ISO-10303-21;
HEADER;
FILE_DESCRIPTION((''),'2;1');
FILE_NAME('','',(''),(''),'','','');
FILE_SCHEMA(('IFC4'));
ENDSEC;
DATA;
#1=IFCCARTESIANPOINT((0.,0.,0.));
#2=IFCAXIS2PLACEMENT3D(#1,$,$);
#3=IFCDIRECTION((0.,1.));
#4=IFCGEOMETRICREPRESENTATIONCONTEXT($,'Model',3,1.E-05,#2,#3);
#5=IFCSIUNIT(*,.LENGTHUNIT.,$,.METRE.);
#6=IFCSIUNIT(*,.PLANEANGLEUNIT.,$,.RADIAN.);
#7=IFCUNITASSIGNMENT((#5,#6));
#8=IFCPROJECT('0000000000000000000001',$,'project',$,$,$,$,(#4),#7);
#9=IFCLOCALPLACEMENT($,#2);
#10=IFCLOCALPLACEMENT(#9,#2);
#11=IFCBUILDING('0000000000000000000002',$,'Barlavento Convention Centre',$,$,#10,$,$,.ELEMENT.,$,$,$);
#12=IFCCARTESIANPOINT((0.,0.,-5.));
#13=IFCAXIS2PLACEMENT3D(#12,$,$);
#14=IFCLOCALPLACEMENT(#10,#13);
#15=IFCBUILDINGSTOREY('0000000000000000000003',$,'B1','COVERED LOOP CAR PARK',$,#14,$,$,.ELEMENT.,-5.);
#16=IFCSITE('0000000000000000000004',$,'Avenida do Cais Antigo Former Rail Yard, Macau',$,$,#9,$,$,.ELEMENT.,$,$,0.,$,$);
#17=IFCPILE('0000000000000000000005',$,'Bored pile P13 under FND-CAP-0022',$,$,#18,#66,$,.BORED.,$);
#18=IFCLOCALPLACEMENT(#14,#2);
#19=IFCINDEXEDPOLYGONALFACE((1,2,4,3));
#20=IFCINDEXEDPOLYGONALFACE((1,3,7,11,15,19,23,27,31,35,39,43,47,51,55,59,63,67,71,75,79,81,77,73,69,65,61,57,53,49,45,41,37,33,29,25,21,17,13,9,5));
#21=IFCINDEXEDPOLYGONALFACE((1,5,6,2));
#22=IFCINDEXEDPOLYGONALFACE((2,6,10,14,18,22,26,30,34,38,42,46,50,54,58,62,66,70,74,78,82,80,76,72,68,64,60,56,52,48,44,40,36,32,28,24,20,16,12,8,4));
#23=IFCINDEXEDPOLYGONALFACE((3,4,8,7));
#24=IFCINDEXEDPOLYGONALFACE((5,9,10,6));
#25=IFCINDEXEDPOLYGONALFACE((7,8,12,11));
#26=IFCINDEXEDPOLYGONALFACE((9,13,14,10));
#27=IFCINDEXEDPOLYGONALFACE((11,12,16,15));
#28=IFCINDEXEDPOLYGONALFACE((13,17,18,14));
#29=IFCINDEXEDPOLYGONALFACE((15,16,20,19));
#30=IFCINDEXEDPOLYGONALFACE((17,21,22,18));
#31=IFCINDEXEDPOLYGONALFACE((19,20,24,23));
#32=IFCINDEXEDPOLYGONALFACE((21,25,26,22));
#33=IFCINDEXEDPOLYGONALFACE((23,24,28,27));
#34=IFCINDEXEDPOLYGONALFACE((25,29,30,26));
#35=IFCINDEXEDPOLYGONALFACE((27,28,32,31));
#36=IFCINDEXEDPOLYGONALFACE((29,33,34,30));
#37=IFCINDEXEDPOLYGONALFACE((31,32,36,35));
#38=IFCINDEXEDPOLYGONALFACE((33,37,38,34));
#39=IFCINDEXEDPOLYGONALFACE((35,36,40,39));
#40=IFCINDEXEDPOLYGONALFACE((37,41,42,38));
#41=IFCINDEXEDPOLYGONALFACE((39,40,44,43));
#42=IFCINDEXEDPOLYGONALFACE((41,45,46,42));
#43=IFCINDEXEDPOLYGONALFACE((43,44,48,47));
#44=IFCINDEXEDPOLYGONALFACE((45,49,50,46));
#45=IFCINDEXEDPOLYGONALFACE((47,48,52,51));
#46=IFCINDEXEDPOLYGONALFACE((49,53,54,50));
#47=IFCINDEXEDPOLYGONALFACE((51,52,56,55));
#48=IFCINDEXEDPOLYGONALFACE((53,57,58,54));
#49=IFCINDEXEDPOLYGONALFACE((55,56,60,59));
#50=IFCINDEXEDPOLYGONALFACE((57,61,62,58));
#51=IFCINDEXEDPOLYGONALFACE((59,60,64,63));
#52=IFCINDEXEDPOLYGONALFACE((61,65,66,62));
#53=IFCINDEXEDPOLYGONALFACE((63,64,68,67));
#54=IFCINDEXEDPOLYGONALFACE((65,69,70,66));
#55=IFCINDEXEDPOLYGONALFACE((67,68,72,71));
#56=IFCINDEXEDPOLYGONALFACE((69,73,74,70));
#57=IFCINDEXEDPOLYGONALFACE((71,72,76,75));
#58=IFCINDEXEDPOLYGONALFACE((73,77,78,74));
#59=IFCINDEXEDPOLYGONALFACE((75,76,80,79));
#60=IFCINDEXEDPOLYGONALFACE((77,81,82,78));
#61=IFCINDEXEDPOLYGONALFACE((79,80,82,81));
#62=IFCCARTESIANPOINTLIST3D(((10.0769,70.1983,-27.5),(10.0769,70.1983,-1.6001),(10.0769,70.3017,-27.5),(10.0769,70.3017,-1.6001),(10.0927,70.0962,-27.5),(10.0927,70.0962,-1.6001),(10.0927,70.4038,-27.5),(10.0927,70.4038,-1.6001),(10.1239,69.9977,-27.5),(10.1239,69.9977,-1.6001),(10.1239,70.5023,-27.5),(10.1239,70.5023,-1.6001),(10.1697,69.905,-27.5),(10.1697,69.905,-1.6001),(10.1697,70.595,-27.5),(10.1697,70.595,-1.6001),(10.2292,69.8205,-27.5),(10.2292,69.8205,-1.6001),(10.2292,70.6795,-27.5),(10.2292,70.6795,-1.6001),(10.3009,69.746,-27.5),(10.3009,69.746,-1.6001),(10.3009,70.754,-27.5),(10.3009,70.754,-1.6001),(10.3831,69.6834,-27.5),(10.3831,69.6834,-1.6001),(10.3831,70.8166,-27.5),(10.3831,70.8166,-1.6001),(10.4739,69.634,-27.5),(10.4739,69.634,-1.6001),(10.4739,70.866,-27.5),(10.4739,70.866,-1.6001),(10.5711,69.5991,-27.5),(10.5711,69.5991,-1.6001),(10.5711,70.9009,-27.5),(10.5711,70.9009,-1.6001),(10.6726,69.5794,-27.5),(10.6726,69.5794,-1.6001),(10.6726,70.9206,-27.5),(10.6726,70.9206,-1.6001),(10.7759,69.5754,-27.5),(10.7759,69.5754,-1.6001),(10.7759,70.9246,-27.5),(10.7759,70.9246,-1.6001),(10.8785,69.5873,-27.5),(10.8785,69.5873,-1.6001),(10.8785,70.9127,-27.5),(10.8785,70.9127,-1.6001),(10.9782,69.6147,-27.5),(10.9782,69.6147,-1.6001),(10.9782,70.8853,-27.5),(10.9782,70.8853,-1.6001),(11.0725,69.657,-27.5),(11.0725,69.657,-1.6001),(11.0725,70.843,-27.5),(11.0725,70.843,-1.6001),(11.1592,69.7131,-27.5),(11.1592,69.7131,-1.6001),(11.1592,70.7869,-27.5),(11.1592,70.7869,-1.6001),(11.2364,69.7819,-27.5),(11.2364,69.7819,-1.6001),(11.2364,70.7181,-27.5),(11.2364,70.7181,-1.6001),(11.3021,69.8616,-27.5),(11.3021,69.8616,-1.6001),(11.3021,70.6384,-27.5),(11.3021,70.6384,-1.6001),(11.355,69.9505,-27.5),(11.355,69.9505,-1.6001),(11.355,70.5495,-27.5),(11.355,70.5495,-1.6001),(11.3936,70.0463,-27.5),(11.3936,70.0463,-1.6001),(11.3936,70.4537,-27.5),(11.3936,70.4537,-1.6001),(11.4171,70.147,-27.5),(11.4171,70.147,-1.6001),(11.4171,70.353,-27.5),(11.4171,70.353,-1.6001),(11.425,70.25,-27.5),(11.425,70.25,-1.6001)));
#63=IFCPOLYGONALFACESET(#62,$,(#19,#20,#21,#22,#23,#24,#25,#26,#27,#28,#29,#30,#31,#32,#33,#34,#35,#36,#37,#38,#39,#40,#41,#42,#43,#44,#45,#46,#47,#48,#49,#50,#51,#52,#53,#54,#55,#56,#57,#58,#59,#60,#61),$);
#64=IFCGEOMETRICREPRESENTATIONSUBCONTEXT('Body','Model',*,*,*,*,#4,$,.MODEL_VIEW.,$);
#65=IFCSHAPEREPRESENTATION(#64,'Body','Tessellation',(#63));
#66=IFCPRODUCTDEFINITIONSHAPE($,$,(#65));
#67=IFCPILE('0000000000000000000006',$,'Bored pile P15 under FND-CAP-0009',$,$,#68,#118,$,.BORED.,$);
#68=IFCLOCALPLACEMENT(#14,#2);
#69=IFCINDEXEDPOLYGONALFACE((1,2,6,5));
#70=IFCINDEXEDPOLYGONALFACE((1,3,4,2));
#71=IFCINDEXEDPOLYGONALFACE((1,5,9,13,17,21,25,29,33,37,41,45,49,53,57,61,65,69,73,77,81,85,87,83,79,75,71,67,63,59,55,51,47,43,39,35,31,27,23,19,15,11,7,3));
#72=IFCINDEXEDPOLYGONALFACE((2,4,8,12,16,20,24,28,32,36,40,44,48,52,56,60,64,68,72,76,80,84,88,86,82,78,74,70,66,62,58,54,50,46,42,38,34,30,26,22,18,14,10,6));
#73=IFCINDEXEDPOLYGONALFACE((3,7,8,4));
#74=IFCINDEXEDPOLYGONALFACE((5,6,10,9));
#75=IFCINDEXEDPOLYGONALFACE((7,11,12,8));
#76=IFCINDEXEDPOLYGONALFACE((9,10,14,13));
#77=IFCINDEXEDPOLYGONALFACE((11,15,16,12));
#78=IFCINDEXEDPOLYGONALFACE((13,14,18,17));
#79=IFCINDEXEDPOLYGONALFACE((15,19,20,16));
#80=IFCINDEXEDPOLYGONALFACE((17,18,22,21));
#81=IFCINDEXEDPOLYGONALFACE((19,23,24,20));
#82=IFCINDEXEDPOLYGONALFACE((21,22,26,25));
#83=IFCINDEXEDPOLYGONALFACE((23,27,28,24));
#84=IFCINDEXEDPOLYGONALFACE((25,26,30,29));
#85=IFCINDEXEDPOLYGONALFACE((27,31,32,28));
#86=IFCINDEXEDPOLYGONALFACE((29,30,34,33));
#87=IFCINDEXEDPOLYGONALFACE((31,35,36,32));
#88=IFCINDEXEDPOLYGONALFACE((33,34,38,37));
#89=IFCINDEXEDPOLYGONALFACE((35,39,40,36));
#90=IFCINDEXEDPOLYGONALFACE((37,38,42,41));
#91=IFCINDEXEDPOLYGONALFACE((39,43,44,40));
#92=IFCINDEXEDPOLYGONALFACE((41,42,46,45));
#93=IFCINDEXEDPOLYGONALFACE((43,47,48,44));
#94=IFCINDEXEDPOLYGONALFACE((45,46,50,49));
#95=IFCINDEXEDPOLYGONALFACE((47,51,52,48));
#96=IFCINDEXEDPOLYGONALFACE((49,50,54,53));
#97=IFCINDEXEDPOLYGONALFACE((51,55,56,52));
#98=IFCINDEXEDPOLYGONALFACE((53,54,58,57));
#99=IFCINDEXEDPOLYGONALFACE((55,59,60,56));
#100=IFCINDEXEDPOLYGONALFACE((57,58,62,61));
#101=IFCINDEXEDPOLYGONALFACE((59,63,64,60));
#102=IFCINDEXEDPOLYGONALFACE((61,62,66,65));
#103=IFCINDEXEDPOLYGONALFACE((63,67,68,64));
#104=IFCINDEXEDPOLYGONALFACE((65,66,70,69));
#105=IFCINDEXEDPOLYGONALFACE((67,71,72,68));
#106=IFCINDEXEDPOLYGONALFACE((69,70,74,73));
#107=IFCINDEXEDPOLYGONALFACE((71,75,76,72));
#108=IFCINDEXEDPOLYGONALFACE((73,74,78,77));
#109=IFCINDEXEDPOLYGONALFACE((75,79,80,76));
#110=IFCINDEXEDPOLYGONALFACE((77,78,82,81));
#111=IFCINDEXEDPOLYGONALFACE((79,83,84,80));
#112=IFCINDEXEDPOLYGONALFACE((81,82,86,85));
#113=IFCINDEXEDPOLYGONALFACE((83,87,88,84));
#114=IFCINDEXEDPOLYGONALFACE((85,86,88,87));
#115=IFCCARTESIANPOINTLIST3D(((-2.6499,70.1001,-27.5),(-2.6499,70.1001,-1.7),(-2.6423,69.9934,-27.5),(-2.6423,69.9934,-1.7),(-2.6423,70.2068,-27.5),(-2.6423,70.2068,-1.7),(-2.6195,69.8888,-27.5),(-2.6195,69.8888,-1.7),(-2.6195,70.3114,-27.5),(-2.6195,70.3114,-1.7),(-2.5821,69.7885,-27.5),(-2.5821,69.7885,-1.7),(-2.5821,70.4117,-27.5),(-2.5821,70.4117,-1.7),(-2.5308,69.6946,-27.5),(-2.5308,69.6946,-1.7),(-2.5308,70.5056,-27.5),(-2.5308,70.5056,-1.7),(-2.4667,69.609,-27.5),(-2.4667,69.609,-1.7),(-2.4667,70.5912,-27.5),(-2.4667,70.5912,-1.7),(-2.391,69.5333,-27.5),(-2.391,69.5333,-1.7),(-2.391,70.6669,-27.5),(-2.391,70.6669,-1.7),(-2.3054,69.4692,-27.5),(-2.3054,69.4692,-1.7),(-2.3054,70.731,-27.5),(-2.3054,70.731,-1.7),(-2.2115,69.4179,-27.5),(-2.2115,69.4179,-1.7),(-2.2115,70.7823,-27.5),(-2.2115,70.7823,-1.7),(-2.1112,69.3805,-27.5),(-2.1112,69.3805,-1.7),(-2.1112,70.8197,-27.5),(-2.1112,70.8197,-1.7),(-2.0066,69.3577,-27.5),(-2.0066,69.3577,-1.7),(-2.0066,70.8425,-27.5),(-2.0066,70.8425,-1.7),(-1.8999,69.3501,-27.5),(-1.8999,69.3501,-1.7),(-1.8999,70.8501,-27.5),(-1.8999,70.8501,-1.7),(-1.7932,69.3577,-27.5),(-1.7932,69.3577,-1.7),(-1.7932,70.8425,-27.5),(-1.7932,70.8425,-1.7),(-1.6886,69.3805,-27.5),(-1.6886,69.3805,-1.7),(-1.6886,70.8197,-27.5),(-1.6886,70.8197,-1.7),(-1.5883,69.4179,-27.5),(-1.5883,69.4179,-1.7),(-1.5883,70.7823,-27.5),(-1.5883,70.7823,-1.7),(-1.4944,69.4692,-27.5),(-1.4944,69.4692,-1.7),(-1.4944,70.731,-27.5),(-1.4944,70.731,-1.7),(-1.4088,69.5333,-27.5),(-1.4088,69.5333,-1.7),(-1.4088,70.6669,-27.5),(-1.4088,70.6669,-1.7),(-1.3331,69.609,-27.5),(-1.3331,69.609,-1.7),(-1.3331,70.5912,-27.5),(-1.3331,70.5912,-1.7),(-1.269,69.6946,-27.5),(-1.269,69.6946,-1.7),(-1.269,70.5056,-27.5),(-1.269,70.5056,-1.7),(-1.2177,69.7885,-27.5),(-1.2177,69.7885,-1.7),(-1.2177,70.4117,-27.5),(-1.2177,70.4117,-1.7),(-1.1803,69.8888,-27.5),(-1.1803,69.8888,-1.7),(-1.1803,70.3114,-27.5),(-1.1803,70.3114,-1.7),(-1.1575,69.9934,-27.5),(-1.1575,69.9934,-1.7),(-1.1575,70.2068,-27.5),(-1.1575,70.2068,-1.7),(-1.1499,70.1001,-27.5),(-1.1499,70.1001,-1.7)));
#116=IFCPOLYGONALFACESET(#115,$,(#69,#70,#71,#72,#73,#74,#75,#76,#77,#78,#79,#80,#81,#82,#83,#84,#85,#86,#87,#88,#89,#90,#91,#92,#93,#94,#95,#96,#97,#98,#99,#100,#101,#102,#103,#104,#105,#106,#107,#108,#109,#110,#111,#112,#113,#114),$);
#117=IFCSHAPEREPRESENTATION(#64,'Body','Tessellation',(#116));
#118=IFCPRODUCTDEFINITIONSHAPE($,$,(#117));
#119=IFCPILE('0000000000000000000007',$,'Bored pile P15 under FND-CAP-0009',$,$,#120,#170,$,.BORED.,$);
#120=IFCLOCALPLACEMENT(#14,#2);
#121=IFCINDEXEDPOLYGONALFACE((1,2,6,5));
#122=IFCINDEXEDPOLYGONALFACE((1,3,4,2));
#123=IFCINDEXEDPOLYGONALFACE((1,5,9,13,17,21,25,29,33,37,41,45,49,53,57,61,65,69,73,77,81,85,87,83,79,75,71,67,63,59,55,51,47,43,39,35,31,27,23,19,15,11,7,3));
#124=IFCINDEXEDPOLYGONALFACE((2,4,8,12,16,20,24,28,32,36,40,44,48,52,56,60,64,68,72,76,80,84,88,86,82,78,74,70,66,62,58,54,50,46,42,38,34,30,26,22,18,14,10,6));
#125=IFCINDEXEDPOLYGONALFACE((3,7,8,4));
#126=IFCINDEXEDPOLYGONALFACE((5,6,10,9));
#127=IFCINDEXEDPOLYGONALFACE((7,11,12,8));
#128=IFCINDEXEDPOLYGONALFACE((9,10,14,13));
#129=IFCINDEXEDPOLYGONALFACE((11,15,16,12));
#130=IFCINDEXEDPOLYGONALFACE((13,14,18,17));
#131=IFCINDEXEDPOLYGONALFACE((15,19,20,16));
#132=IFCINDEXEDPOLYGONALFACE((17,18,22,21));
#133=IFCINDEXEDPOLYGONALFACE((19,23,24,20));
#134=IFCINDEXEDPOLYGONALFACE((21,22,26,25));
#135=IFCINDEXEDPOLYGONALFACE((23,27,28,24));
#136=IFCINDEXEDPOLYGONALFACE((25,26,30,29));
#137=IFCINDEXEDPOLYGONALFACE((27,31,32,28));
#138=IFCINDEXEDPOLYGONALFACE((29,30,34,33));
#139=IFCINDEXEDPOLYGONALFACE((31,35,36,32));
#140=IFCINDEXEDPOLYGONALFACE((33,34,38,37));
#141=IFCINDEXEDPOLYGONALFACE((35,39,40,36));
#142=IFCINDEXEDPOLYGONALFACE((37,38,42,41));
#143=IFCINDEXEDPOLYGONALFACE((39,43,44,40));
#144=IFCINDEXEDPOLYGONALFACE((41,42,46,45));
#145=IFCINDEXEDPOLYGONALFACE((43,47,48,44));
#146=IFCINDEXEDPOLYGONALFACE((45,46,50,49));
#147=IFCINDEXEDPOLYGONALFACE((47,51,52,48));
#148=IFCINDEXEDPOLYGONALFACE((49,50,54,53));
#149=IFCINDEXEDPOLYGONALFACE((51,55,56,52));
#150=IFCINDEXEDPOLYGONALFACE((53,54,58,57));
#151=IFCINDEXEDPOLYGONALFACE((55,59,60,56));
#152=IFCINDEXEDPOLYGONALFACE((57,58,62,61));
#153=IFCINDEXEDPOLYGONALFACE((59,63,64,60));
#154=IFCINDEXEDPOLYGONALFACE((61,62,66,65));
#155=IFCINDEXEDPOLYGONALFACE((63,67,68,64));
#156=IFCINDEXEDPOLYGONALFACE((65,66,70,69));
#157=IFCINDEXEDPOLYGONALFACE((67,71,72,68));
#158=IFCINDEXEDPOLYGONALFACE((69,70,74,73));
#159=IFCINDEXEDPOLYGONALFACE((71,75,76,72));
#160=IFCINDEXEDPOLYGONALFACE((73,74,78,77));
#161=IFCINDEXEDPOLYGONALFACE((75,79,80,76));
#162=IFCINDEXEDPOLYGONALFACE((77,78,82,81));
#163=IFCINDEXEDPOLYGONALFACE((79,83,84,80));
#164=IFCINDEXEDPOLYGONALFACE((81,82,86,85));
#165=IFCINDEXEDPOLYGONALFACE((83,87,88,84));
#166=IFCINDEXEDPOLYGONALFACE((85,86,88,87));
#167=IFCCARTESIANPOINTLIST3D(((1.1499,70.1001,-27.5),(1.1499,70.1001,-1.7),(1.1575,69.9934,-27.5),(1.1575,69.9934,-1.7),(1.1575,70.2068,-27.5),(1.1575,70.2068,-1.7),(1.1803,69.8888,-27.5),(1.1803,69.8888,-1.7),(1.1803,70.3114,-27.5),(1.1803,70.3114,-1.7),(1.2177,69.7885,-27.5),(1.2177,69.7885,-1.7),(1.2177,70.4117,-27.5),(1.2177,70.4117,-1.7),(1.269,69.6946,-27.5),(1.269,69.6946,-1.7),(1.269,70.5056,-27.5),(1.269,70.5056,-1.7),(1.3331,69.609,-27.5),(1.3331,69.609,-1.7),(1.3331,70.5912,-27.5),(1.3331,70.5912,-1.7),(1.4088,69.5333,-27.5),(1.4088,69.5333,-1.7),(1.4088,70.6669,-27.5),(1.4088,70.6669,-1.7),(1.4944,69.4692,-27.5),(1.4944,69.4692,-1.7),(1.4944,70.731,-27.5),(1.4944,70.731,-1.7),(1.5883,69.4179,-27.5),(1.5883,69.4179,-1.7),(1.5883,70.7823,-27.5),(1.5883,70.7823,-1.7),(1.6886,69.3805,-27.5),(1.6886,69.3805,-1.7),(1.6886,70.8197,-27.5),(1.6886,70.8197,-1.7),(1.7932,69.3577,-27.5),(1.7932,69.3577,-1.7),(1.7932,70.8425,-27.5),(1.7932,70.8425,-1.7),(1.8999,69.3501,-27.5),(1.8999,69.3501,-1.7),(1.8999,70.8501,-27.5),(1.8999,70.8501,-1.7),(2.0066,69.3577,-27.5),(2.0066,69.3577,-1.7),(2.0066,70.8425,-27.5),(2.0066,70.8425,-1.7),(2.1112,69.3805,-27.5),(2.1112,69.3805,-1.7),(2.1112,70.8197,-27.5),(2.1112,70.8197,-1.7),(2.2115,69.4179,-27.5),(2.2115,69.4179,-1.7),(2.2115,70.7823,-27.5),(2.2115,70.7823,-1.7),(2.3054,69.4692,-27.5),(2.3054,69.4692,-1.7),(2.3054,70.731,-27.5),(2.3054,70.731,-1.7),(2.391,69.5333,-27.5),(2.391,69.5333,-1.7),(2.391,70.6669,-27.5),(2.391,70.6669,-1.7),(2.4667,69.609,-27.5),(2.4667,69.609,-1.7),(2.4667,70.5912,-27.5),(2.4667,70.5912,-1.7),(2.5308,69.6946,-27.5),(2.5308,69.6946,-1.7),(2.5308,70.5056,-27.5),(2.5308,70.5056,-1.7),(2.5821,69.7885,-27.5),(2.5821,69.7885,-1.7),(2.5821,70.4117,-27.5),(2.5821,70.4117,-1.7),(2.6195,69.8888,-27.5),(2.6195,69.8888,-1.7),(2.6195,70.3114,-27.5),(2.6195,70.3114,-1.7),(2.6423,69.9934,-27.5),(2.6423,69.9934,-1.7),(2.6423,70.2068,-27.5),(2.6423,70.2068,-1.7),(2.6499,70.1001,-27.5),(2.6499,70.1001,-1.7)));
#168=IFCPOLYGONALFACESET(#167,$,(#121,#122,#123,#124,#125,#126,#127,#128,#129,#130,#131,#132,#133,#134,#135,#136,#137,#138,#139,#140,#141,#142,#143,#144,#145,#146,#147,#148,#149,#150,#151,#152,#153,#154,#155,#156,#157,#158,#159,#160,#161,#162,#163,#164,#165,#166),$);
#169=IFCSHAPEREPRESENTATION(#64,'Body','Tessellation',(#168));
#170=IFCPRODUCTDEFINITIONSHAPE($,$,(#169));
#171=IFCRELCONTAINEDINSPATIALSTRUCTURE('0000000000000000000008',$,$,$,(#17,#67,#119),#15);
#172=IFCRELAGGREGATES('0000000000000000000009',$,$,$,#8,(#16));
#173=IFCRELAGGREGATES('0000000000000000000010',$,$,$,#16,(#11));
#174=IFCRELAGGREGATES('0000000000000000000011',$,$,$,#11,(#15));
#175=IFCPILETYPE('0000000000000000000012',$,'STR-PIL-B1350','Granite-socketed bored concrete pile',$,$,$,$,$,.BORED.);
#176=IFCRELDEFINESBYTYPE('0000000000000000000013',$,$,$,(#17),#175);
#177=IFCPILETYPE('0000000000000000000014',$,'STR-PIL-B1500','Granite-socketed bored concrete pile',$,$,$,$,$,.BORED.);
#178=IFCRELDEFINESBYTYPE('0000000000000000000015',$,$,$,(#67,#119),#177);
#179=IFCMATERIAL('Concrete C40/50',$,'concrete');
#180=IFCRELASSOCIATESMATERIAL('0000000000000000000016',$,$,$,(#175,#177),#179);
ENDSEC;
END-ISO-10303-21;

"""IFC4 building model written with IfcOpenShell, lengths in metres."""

from ifc_helpers import new_model, si_unit, direction, frame, origin, origin_2d, place, context, subcontext, project, spatial, circle, extrude, material, material_profile, profile_set, type_object, element, save


model = new_model("IFC4")

# Units and contexts
model_context = context("Model", 3, precision=1e-05, world=origin(), true_north=direction((0.0, 1.0)))
body_context = subcontext(model_context, "Body", "Model", "MODEL_VIEW")
ifc_project = project(units=[si_unit("LENGTHUNIT", "METRE"), si_unit("PLANEANGLEUNIT", "RADIAN")], contexts=[model_context])

# Site, building, storey
site_placement = place(None, origin())
site = spatial("IfcSite", under=ifc_project, at=site_placement, Name="Avenida do Cais Antigo Former Rail Yard, Macau", CompositionType="ELEMENT", RefElevation=0.0)
building_placement = place(site_placement, origin())
building = spatial("IfcBuilding", under=site, at=building_placement, Name="Barlavento Convention Centre", CompositionType="ELEMENT")
storey_placement = place(building_placement, frame((0.0, 0.0, -5.0)))
storey = spatial("IfcBuildingStorey", under=building, at=storey_placement, Name="B1", Description="COVERED LOOP CAR PARK", CompositionType="ELEMENT", Elevation=-5.0)

# Shared definitions
ifc_material_1 = material(Name="Concrete C40/50", Category="concrete")

# Piles
ifc_material_profile_1 = material_profile(ifc_material_1, circle(Radius=0.675, at=origin_2d()), Name="BORED PILE 1350")
ifc_profile_set_1 = profile_set([ifc_material_profile_1], Name="Concrete C40/50")
pile_type_1 = type_object("IfcPileType", Name="STR-PIL-B1350", Description="Granite-socketed bored concrete pile", PredefinedType="BORED", material=ifc_profile_set_1)
for number, where, z_axis, x_axis, name in (
    (1, (10.75, 70.25, -1.6001), (0.0, 0.0, -1.0), (1.0, 0.0, 0.0), "Bored pile P13 under FND-CAP-0022"),
):
    element("IfcPile", number, at=place(storey_placement, frame(where, z_axis=z_axis, x_axis=x_axis)), inside=storey, type_object=pile_type_1, Name=name, PredefinedType="BORED", context=body_context, shape_type="SweptSolid", body=[
        extrude(circle(Radius=0.675, at=origin_2d()), origin(), (0.0, 0.0, 1.0), 25.8999),
    ])
ifc_material_profile_2 = material_profile(ifc_material_1, circle(Radius=0.75, at=origin_2d()), Name="BORED PILE 1500")
ifc_profile_set_2 = profile_set([ifc_material_profile_2], Name="Concrete C40/50")
pile_type_2 = type_object("IfcPileType", Name="STR-PIL-B1500", Description="Granite-socketed bored concrete pile", PredefinedType="BORED", material=ifc_profile_set_2)
for number, where, z_axis, x_axis, name in (
    (2, (-1.8999, 70.1001, -1.7), (0.0, 0.0, -1.0), (1.0, 0.0, 0.0), "Bored pile P15 under FND-CAP-0009"),
    (3, (1.8999, 70.1001, -1.7), (0.0, 0.0, -1.0), (1.0, 0.0, 0.0), "Bored pile P15 under FND-CAP-0009"),
):
    element("IfcPile", number, at=place(storey_placement, frame(where, z_axis=z_axis, x_axis=x_axis)), inside=storey, type_object=pile_type_2, Name=name, PredefinedType="BORED", context=body_context, shape_type="SweptSolid", body=[
        extrude(circle(Radius=0.75, at=origin_2d()), origin(), (0.0, 0.0, 1.0), 25.8),
    ])

save(model, "model.ifc")
